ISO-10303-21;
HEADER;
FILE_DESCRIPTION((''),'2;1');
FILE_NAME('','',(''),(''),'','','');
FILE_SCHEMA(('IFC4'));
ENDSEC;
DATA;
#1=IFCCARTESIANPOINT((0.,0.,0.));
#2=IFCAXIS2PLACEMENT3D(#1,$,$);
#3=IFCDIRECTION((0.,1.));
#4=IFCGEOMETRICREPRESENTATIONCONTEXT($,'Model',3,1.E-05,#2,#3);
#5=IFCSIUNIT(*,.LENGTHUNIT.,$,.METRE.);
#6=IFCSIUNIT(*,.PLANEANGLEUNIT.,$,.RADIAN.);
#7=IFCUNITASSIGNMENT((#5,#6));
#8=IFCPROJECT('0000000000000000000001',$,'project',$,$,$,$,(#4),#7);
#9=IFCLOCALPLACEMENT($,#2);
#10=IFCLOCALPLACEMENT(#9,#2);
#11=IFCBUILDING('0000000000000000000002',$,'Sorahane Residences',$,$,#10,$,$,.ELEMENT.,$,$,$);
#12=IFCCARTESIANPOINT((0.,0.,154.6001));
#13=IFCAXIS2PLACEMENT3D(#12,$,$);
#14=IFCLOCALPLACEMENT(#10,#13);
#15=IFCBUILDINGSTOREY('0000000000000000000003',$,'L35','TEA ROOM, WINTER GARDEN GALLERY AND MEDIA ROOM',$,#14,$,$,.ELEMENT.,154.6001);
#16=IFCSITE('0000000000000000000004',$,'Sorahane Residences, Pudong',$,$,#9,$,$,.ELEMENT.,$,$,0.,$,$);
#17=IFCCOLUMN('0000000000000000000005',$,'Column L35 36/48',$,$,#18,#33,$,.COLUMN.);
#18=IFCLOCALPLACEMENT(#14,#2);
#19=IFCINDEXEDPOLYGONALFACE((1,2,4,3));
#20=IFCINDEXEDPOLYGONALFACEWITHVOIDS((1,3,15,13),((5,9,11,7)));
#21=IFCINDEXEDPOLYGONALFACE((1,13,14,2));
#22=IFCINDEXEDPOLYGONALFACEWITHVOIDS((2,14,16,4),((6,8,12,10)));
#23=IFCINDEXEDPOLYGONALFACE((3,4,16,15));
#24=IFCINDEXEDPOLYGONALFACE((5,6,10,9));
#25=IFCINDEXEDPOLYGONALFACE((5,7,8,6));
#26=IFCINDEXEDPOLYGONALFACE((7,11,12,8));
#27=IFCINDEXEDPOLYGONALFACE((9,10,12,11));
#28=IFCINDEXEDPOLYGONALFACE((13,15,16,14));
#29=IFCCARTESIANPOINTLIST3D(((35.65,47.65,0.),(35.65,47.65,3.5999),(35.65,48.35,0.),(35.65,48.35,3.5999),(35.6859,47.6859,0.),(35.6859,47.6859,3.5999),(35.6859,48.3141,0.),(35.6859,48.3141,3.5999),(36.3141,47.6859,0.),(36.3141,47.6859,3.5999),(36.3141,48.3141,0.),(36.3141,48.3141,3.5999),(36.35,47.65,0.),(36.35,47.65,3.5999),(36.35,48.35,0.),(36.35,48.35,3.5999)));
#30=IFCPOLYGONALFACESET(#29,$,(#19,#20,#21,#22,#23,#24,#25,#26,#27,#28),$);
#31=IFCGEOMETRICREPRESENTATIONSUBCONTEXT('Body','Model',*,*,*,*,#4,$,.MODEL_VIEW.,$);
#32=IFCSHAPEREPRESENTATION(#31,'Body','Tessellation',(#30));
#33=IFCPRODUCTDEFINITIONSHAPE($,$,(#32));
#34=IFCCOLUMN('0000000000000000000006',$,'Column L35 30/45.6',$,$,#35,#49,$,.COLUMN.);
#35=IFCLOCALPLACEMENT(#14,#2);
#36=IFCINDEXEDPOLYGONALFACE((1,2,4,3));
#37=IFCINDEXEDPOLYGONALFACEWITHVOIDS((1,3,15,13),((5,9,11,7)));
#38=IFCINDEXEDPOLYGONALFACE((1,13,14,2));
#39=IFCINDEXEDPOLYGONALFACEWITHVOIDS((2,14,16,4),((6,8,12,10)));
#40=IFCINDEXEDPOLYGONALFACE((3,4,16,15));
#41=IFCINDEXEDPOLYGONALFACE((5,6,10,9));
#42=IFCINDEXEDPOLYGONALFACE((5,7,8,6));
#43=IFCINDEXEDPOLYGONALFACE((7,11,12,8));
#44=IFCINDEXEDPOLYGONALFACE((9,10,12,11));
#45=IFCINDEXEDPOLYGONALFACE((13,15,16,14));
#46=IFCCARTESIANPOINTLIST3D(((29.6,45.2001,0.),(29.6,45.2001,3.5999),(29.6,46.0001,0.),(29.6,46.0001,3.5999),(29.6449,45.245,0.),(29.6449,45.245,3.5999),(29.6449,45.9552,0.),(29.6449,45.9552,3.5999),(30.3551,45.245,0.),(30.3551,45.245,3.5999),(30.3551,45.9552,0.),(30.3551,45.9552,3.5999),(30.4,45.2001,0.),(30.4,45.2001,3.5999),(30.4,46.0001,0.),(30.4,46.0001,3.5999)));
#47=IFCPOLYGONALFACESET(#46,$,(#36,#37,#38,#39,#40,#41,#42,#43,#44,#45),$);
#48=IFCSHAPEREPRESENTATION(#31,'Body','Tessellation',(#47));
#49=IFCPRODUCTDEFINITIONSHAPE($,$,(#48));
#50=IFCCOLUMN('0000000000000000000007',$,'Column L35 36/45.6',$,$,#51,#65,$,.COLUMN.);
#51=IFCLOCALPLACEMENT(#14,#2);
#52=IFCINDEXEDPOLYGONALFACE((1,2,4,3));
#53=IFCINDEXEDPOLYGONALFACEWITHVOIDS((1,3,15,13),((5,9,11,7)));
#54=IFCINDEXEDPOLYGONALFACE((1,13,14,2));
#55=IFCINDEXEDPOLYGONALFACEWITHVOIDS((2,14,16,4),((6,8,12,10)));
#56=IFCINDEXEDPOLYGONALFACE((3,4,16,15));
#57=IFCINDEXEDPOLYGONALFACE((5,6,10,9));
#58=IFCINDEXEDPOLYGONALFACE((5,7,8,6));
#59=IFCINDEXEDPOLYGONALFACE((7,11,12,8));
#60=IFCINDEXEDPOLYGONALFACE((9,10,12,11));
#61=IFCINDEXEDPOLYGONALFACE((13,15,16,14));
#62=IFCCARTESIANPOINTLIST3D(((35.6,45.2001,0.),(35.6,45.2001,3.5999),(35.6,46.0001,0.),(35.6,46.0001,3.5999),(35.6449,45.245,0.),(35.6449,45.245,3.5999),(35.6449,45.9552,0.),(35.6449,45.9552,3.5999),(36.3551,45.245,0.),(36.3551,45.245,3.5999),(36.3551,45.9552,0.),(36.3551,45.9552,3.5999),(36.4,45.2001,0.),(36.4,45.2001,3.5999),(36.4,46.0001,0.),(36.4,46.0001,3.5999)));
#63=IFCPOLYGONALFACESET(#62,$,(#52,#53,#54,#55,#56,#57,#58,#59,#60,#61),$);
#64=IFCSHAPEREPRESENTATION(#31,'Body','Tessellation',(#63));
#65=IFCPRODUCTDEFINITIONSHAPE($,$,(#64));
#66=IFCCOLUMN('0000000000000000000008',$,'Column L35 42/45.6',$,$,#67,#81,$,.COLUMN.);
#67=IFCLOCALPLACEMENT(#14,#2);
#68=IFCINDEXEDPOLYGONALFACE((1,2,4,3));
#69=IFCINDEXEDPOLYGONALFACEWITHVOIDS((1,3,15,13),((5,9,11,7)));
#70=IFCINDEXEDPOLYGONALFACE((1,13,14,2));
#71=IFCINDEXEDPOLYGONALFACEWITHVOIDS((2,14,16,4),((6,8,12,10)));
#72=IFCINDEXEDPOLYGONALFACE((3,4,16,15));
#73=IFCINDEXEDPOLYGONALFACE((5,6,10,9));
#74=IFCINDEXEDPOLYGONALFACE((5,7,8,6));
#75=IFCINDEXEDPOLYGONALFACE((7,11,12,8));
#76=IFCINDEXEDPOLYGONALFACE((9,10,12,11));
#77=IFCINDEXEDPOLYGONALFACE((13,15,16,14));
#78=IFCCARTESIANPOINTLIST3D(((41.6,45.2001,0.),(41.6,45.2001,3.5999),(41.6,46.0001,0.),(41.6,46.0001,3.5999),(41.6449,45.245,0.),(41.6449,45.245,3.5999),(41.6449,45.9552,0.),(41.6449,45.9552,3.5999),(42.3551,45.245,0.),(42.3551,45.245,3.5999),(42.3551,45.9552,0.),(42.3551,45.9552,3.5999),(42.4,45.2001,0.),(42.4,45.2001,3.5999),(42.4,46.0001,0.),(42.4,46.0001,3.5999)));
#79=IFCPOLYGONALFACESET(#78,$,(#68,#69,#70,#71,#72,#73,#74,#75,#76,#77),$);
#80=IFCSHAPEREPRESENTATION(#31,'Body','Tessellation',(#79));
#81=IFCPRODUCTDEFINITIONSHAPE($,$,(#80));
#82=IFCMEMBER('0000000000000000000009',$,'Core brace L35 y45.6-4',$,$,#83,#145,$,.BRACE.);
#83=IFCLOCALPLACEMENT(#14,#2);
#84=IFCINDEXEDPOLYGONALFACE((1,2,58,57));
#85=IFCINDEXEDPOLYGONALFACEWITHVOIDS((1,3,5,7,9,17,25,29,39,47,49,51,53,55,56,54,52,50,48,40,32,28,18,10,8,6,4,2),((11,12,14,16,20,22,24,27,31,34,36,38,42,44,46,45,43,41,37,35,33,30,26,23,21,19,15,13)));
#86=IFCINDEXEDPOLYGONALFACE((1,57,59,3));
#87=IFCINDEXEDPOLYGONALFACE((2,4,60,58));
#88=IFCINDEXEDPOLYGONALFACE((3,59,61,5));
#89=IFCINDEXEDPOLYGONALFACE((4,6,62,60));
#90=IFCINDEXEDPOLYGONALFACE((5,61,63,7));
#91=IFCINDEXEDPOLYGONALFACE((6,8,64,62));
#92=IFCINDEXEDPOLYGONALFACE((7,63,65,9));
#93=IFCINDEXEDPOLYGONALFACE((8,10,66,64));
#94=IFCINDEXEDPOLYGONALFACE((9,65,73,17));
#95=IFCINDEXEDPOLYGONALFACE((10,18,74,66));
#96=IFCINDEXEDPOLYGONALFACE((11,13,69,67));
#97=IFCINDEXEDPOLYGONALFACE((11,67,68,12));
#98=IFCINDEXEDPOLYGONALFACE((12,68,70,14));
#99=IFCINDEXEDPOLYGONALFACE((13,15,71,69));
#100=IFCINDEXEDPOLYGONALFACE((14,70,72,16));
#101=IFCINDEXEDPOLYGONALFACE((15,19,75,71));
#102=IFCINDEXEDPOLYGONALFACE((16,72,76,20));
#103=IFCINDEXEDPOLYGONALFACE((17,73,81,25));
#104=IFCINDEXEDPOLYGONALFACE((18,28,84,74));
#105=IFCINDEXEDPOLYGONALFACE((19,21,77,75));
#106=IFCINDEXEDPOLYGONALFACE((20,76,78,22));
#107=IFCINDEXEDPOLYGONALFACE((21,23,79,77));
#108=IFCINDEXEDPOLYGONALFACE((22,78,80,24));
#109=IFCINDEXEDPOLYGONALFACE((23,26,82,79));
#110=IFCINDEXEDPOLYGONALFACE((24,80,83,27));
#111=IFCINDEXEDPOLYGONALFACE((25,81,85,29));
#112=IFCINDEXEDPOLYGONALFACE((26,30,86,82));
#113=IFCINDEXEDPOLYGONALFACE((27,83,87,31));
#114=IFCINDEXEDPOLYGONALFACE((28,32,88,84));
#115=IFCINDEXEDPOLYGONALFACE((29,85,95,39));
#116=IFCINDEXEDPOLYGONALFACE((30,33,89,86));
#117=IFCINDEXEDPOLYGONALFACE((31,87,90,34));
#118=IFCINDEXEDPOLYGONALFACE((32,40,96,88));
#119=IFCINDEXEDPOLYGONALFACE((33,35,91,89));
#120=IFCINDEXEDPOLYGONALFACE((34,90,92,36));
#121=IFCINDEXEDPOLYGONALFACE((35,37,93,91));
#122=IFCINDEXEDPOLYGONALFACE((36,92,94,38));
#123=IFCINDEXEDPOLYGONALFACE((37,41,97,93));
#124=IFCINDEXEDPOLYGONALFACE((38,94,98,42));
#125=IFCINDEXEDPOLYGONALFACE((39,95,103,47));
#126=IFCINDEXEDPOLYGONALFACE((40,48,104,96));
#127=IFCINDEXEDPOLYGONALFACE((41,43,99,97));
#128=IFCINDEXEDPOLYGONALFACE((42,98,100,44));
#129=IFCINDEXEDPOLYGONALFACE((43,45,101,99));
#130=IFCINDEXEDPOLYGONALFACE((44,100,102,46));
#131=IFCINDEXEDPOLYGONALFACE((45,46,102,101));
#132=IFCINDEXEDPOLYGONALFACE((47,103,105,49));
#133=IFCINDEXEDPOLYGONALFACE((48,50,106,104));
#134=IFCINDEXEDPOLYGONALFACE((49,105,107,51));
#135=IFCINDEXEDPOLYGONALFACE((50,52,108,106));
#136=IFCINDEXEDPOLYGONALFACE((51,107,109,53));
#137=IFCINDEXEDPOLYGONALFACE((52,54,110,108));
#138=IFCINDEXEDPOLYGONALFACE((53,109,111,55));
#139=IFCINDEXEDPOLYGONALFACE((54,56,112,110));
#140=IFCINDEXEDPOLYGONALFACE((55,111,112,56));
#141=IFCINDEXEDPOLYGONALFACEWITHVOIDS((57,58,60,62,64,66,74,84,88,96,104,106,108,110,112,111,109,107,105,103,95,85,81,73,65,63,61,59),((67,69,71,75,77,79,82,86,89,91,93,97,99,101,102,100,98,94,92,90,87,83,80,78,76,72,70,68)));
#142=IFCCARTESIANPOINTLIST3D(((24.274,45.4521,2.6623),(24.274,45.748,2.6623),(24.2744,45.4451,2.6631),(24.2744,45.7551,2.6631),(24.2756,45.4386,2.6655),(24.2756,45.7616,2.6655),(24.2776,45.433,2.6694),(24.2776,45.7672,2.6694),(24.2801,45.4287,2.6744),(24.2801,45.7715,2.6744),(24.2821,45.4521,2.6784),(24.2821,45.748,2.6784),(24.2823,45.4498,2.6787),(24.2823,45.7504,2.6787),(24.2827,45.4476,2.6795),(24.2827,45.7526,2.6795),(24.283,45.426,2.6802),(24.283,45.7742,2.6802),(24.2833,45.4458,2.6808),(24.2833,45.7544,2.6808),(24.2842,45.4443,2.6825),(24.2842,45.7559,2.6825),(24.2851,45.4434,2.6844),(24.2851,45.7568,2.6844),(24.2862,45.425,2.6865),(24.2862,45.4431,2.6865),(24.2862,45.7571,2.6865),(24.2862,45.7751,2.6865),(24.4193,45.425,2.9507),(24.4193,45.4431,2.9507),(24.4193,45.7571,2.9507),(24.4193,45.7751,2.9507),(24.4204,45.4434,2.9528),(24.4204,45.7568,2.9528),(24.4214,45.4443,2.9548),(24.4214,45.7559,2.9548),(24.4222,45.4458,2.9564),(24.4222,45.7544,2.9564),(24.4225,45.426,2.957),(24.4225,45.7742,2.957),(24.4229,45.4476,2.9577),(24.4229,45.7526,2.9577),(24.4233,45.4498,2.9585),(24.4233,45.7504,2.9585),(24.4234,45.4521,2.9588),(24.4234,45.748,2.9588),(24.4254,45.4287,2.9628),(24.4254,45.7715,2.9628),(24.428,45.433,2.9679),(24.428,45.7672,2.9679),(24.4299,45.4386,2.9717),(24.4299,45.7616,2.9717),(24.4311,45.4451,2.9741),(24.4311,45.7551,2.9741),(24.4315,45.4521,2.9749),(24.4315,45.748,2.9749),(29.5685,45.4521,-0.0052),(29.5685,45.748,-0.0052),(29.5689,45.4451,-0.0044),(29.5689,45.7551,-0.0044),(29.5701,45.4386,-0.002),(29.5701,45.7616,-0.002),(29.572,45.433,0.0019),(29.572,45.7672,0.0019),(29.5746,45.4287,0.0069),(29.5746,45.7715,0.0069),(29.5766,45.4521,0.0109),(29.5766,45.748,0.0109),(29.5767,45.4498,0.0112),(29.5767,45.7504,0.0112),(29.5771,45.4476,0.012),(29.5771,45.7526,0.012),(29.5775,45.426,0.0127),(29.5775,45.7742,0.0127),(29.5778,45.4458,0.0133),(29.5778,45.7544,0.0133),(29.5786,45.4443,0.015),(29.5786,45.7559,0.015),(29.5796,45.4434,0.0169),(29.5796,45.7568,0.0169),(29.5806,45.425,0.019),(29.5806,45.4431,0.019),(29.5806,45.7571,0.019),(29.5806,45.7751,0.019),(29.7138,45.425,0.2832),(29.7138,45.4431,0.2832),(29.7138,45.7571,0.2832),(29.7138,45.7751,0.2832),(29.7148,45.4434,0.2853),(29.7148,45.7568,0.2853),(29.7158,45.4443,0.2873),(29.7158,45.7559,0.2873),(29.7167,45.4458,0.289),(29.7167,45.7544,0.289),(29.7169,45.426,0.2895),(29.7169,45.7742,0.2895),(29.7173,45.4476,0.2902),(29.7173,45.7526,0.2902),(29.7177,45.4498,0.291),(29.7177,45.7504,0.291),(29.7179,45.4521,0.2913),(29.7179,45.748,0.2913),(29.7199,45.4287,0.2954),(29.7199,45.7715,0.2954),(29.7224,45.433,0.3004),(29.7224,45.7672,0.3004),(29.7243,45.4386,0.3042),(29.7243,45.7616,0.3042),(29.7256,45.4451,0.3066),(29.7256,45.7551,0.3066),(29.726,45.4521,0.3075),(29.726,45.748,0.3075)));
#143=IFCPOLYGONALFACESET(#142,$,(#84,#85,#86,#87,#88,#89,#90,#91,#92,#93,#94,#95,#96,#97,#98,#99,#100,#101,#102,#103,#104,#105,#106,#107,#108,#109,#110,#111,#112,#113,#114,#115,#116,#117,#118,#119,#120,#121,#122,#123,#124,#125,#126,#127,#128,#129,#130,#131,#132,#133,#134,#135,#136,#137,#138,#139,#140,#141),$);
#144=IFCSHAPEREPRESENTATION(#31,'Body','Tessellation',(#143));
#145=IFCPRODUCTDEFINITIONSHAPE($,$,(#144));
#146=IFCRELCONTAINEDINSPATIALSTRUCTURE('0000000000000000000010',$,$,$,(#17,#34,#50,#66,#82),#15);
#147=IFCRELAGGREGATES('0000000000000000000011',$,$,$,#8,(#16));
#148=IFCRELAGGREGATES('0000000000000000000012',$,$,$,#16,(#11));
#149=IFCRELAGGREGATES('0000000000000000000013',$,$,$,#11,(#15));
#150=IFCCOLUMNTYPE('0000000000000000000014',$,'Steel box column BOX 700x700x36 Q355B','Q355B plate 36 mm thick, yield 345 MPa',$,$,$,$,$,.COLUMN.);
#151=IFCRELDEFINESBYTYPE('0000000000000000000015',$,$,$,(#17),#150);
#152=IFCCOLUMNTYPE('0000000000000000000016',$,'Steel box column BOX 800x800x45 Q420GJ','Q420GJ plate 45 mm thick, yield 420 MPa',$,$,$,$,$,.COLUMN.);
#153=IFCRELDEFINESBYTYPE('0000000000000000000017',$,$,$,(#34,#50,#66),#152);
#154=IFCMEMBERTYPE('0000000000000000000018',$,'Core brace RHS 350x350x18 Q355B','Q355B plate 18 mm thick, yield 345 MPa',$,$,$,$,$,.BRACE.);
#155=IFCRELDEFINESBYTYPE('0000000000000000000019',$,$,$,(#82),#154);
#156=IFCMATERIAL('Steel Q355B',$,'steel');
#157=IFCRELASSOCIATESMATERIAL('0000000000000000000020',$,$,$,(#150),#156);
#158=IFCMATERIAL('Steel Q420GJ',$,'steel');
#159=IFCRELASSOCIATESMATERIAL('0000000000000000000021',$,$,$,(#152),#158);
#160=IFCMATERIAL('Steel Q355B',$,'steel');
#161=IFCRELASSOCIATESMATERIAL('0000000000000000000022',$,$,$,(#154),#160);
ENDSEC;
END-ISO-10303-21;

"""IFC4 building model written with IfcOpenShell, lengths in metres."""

from ifc_helpers import new_model, si_unit, direction, frame, origin, origin_2d, place, context, subcontext, project, spatial, hollow_rectangle, extrude, material, material_profile, profile_set, type_object, element, save


model = new_model("IFC4")

# Units and contexts
model_context = context("Model", 3, precision=1e-05, world=origin(), true_north=direction((0.0, 1.0)))
body_context = subcontext(model_context, "Body", "Model", "MODEL_VIEW")
ifc_project = project(units=[si_unit("LENGTHUNIT", "METRE"), si_unit("PLANEANGLEUNIT", "RADIAN")], contexts=[model_context])

# Site, building, storey
site_placement = place(None, origin())
site = spatial("IfcSite", under=ifc_project, at=site_placement, Name="Sorahane Residences, Pudong", CompositionType="ELEMENT", RefElevation=0.0)
building_placement = place(site_placement, origin())
building = spatial("IfcBuilding", under=site, at=building_placement, Name="Sorahane Residences", CompositionType="ELEMENT")
storey_placement = place(building_placement, frame((0.0, 0.0, 154.6001)))
storey = spatial("IfcBuildingStorey", under=building, at=storey_placement, Name="L35", Description="TEA ROOM, WINTER GARDEN GALLERY AND MEDIA ROOM", CompositionType="ELEMENT", Elevation=154.6001)

# Columns
ifc_material_1 = material(Name="Steel Q355B", Category="steel")
ifc_material_profile_1 = material_profile(ifc_material_1, hollow_rectangle(XDim=0.7, YDim=0.7, WallThickness=0.0359, at=origin_2d()), Name="BOX 700x700x36")
ifc_profile_set_1 = profile_set([ifc_material_profile_1], Name="Steel Q355B")
column_type_1 = type_object("IfcColumnType", Name="Steel box column BOX 700x700x36 Q355B", Description="Q355B plate 36 mm thick, yield 345 MPa", PredefinedType="COLUMN", material=ifc_profile_set_1)
column_placement = place(storey_placement, frame((36.0, 48.0, 0.0), z_axis=(0.0, 0.0, 1.0), x_axis=(1.0, 0.0, 0.0)))
element("IfcColumn", 1, at=column_placement, inside=storey, type_object=column_type_1, Name="Column L35 36/48", PredefinedType="COLUMN", context=body_context, shape_type="SweptSolid", body=[
    extrude(hollow_rectangle(XDim=0.7, YDim=0.7, WallThickness=0.0359, at=origin_2d()), origin(), (0.0, 0.0, 1.0), 3.5999),
])
ifc_material_2 = material(Name="Steel Q420GJ", Category="steel")
ifc_material_profile_2 = material_profile(ifc_material_2, hollow_rectangle(XDim=0.8, YDim=0.8, WallThickness=0.0449, at=origin_2d()), Name="BOX 800x800x45")
ifc_profile_set_2 = profile_set([ifc_material_profile_2], Name="Steel Q420GJ")
column_type_2 = type_object("IfcColumnType", Name="Steel box column BOX 800x800x45 Q420GJ", Description="Q420GJ plate 45 mm thick, yield 420 MPa", PredefinedType="COLUMN", material=ifc_profile_set_2)
for number, where, z_axis, x_axis, name in (
    (2, (30.0, 45.6001, 0.0), (0.0, 0.0, 1.0), (1.0, 0.0, 0.0), "Column L35 30/45.6"),
    (3, (36.0, 45.6001, 0.0), (0.0, 0.0, 1.0), (1.0, 0.0, 0.0), "Column L35 36/45.6"),
    (4, (42.0, 45.6001, 0.0), (0.0, 0.0, 1.0), (1.0, 0.0, 0.0), "Column L35 42/45.6"),
):
    element("IfcColumn", number, at=place(storey_placement, frame(where, z_axis=z_axis, x_axis=x_axis)), inside=storey, type_object=column_type_2, Name=name, PredefinedType="COLUMN", context=body_context, shape_type="SweptSolid", body=[
        extrude(hollow_rectangle(XDim=0.8, YDim=0.8, WallThickness=0.0449, at=origin_2d()), origin(), (0.0, 0.0, 1.0), 3.5999),
    ])

# Member
ifc_material_3 = material(Name="Steel Q355B", Category="steel")
ifc_material_profile_3 = material_profile(ifc_material_3, hollow_rectangle(XDim=0.3501, YDim=0.3501, WallThickness=0.0181, InnerFilletRadius=0.009, OuterFilletRadius=0.0271, at=origin_2d()), Name="RHS 350x350x18")
ifc_profile_set_3 = profile_set([ifc_material_profile_3], Name="Steel Q355B")
member_type_1 = type_object("IfcMemberType", Name="Core brace RHS 350x350x18 Q355B", Description="Q355B plate 18 mm thick, yield 345 MPa", PredefinedType="BRACE", material=ifc_profile_set_3)
for number, where, z_axis, x_axis, name in (
    (5, (29.6472, 45.6001, 0.1511), (-0.893056, 0.0, 0.449946), (0.0, -1.0, 0.0), "Core brace L35 y45.6-4"),
):
    element("IfcMember", number, at=place(storey_placement, frame(where, z_axis=z_axis, x_axis=x_axis)), inside=storey, type_object=member_type_1, Name=name, PredefinedType="BRACE", context=body_context, shape_type="SweptSolid", body=[
        extrude(hollow_rectangle(XDim=0.3501, YDim=0.3501, WallThickness=0.0181, InnerFilletRadius=0.009, OuterFilletRadius=0.0271, at=origin_2d()), origin(), (0.0, 0.0, 1.0), 5.9285),
    ])

save(model, "model.ifc")
